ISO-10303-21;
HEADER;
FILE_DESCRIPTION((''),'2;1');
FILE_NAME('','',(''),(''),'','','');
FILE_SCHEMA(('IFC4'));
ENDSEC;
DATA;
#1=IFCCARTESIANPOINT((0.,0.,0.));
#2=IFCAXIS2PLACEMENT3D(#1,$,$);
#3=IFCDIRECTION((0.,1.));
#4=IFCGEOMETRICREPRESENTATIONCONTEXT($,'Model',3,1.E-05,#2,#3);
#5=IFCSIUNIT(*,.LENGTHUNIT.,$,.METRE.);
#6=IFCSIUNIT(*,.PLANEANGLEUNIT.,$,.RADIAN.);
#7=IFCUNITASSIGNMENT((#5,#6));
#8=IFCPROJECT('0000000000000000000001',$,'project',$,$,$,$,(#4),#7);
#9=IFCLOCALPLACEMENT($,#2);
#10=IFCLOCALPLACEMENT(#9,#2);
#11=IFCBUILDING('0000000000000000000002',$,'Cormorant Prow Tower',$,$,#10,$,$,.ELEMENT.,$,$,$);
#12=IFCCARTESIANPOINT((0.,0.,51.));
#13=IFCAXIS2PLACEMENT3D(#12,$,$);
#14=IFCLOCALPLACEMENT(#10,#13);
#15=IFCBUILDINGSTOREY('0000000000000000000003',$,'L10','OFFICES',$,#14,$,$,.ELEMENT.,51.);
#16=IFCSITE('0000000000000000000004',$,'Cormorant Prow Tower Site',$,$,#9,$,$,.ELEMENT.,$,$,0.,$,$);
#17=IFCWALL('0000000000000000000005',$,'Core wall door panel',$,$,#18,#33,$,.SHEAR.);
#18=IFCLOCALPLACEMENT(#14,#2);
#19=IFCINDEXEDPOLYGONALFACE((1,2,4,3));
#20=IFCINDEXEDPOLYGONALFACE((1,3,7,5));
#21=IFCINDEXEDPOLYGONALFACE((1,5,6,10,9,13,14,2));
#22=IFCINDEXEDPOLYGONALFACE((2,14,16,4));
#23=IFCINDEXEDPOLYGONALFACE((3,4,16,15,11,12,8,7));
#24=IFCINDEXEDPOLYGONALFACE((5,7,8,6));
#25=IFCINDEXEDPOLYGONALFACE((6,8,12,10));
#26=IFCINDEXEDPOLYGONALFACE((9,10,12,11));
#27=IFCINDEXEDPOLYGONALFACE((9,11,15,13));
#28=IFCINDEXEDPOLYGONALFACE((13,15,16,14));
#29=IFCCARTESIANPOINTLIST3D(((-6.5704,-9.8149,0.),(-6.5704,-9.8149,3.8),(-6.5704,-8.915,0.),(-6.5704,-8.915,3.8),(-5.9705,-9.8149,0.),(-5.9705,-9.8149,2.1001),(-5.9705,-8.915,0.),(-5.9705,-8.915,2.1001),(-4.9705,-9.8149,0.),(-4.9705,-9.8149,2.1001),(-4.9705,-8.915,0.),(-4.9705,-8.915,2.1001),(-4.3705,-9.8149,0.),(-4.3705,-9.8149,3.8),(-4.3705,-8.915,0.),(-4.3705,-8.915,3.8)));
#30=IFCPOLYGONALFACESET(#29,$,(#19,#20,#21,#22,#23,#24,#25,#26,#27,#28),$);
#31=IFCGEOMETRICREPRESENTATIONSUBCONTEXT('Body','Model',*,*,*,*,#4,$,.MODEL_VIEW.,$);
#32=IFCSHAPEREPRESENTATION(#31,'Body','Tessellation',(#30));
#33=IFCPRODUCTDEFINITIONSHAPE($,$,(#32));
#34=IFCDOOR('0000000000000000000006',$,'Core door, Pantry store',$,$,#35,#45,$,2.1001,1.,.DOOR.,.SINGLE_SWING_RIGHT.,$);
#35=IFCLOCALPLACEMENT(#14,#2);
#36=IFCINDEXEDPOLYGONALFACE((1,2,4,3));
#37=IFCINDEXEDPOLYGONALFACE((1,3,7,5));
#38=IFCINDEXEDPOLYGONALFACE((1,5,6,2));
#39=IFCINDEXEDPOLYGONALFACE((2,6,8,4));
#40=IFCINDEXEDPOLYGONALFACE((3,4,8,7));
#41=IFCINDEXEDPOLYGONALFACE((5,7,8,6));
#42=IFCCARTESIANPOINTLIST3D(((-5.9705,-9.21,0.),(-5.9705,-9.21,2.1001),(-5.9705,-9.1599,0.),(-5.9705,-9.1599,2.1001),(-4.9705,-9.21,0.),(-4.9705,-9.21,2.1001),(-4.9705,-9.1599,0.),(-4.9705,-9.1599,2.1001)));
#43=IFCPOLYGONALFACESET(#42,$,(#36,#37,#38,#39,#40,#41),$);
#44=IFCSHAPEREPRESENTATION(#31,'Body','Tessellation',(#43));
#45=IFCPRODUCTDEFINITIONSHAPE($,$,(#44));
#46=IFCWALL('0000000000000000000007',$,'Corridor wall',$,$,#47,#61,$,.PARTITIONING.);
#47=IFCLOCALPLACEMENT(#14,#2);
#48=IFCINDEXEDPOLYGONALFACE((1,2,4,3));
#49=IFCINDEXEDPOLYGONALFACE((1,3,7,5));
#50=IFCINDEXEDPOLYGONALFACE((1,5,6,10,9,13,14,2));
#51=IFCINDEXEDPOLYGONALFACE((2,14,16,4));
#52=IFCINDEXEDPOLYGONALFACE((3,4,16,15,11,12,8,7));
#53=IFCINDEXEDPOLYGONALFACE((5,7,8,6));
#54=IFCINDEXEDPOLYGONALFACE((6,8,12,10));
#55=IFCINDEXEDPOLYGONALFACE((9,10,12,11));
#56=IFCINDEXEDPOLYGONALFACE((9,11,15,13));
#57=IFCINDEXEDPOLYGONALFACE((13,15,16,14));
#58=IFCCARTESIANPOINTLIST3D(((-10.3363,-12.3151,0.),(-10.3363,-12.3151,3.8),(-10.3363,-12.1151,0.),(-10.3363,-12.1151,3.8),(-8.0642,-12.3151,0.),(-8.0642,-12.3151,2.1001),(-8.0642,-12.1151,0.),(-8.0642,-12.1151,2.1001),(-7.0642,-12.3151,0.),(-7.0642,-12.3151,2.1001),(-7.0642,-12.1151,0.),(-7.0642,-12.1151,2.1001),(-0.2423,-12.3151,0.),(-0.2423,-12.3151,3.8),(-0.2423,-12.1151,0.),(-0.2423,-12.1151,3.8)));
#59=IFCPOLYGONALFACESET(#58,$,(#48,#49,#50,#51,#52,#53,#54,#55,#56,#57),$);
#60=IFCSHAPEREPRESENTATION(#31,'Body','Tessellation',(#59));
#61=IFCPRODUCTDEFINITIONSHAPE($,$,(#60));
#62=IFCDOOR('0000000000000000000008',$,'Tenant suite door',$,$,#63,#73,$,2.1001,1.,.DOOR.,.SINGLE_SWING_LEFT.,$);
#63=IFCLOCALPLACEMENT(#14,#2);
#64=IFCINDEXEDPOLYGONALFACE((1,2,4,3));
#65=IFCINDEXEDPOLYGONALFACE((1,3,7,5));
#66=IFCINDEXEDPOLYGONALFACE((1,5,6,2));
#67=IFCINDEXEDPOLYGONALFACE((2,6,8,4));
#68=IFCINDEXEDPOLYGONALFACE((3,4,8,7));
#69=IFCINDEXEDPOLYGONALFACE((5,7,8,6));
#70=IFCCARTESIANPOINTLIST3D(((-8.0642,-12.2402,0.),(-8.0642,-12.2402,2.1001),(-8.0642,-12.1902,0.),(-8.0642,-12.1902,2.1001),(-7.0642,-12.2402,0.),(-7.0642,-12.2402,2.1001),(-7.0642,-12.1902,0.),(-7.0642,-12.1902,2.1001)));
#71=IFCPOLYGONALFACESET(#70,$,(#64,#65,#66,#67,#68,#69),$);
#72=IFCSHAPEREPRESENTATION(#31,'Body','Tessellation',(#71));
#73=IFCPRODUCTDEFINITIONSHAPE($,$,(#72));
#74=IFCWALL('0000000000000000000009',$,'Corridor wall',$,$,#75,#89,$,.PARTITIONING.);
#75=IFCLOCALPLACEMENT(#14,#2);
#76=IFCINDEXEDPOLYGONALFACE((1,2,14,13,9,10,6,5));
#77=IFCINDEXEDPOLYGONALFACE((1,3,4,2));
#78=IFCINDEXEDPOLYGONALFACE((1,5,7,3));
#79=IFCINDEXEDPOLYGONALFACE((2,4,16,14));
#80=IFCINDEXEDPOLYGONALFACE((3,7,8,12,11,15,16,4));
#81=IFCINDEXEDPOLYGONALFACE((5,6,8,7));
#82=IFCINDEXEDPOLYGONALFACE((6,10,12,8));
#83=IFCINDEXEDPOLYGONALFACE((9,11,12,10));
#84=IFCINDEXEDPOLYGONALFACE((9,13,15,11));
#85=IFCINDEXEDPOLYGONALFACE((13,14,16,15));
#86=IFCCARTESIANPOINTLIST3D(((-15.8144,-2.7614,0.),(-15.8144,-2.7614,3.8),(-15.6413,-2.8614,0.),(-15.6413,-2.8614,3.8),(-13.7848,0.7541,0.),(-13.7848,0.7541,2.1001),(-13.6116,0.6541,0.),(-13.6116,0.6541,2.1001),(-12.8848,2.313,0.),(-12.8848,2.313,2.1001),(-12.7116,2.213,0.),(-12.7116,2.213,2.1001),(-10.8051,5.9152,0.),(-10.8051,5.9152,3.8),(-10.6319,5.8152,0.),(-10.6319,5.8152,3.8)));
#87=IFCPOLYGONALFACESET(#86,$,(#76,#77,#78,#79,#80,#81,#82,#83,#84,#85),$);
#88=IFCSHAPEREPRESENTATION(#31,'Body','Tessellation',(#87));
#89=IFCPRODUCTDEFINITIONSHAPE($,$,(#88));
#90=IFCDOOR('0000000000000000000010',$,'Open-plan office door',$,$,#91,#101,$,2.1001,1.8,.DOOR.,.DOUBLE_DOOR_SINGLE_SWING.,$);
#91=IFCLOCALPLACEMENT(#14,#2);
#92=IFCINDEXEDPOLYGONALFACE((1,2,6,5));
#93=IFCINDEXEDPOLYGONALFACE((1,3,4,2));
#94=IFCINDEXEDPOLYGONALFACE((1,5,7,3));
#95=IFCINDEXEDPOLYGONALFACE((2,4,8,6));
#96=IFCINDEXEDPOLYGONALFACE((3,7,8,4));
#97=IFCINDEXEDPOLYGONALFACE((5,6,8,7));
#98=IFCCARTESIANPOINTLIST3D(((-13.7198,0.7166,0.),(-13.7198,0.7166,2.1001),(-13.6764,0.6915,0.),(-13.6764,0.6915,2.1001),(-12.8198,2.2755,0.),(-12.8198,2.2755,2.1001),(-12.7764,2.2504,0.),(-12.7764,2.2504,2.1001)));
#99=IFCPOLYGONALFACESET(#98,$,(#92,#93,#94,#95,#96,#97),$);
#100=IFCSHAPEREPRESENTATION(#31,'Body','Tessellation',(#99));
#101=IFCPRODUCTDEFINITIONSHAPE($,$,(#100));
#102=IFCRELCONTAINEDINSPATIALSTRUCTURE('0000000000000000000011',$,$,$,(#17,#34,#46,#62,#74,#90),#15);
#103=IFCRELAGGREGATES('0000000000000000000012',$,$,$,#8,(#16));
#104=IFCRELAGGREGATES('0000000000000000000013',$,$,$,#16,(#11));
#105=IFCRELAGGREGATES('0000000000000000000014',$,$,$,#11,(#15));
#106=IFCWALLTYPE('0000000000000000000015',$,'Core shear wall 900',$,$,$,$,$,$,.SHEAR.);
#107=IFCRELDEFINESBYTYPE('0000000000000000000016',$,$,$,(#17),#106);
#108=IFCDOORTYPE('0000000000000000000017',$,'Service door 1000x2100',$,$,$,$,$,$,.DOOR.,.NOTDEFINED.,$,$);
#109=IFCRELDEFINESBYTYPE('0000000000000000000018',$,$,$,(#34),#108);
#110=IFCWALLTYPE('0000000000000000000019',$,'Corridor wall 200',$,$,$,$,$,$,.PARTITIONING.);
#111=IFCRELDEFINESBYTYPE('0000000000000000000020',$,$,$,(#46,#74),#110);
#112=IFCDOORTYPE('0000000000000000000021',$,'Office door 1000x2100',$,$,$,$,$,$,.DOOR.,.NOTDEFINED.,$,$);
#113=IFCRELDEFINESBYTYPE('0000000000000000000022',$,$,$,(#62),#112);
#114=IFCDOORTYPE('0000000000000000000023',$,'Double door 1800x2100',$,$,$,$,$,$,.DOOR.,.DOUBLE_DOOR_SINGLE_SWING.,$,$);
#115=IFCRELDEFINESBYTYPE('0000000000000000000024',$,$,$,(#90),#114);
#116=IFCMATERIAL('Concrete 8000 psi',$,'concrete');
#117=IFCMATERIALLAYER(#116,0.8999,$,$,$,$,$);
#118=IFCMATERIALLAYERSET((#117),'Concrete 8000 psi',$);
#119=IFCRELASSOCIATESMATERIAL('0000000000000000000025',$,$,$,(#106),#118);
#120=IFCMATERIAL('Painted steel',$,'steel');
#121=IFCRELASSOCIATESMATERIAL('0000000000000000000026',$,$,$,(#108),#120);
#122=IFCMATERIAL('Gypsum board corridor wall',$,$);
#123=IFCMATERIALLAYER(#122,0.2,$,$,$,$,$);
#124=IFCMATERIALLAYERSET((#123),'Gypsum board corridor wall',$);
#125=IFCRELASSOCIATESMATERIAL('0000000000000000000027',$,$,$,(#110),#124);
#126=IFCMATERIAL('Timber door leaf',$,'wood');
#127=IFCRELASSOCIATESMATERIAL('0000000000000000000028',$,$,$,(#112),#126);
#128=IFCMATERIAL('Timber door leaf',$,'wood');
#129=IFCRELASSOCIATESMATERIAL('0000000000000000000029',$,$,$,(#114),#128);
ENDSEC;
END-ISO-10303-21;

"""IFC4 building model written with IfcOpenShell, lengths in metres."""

from ifc_helpers import new_model, si_unit, direction, frame, frame_2d, origin, place, context, subcontext, project, spatial, rectangle, extrude, material, layer, layer_set, type_object, element, fill, save


model = new_model("IFC4")

# Units and contexts
model_context = context("Model", 3, precision=1e-05, world=origin(), true_north=direction((0.0, 1.0)))
body_context = subcontext(model_context, "Body", "Model", "MODEL_VIEW")
ifc_project = project(units=[si_unit("LENGTHUNIT", "METRE"), si_unit("PLANEANGLEUNIT", "RADIAN")], contexts=[model_context])

# Site, building, storey
site_placement = place(None, origin())
site = spatial("IfcSite", under=ifc_project, at=site_placement, Name="Cormorant Prow Tower Site", CompositionType="ELEMENT", RefElevation=0.0)
building_placement = place(site_placement, origin())
building = spatial("IfcBuilding", under=site, at=building_placement, Name="Cormorant Prow Tower", CompositionType="ELEMENT")
storey_placement = place(building_placement, frame((0.0, 0.0, 51.0)))
storey = spatial("IfcBuildingStorey", under=building, at=storey_placement, Name="L10", Description="OFFICES", CompositionType="ELEMENT", Elevation=51.0)

# Shared definitions
ifc_material_1 = material(Name="Concrete 8000 psi", Category="concrete")
ifc_layer_1 = layer(ifc_material_1, 0.8999)
ifc_layer_set_1 = layer_set([ifc_layer_1], Name="Concrete 8000 psi")
wall_type_1 = type_object("IfcWallType", Name="Core shear wall 900", PredefinedType="SHEAR", material=ifc_layer_set_1)

# Walls, openings, doors
wall_1_placement = place(storey_placement, frame((-6.5706, -9.365, 0.0), z_axis=(0.0, 0.0, 1.0), x_axis=(1.0, 0.0, 0.0)))
wall_1 = element("IfcWall", 1, at=wall_1_placement, inside=storey, type_object=wall_type_1, Name="Core wall door panel", PredefinedType="SHEAR", context=body_context, shape_type="SweptSolid", body=[
    extrude(rectangle(XDim=2.2, YDim=0.8999, at=frame_2d((1.1001, 0.0))), origin(), (0.0, 0.0, 1.0), 3.8),
])
opening_1_placement = place(wall_1_placement, frame((0.6001, 0.0, 0.0)))
opening_1 = element("IfcOpeningElement", 2, at=opening_1_placement, cuts=wall_1, PredefinedType="OPENING", context=body_context, shape_type="SweptSolid", body=[
    extrude(rectangle(XDim=1.0, YDim=2.1001, at=frame_2d((0.5, 1.05))), frame((0.0, 0.46, 0.0), z_axis=(0.0, -1.0, 0.0), x_axis=(1.0, 0.0, 0.0)), (0.0, 0.0, 1.0), 0.9199),
])
ifc_material_2 = material(Name="Painted steel", Category="steel")
door_type_1 = type_object("IfcDoorType", Name="Service door 1000x2100", OperationType="NOTDEFINED", PredefinedType="DOOR", material=ifc_material_2)
door_1_placement = place(opening_1_placement, origin())
door_1 = element("IfcDoor", 3, at=door_1_placement, inside=storey, type_object=door_type_1, Name="Core door, Pantry store", OperationType="SINGLE_SWING_RIGHT", OverallHeight=2.1001, OverallWidth=1.0, PredefinedType="DOOR", context=body_context, shape_type="SweptSolid", body=[
    extrude(rectangle(XDim=1.0, YDim=2.1001, at=frame_2d((0.5, 1.05))), frame((0.0, 0.2051, 0.0), z_axis=(0.0, -1.0, 0.0), x_axis=(1.0, 0.0, 0.0)), (0.0, 0.0, 1.0), 0.05),
])
fill(opening_1, door_1)
ifc_material_3 = material(Name="Gypsum board corridor wall")
ifc_layer_2 = layer(ifc_material_3, 0.2)
ifc_layer_set_2 = layer_set([ifc_layer_2], Name="Gypsum board corridor wall")
wall_type_2 = type_object("IfcWallType", Name="Corridor wall 200", PredefinedType="PARTITIONING", material=ifc_layer_set_2)
wall_2_placement = place(storey_placement, frame((-10.3362, -12.2151, 0.0), z_axis=(0.0, 0.0, 1.0), x_axis=(1.0, 0.0, 0.0)))
wall_2 = element("IfcWall", 4, at=wall_2_placement, inside=storey, type_object=wall_type_2, Name="Corridor wall", PredefinedType="PARTITIONING", context=body_context, shape_type="SweptSolid", body=[
    extrude(rectangle(XDim=10.094, YDim=0.2, at=frame_2d((5.0469, 0.0))), origin(), (0.0, 0.0, 1.0), 3.8),
])
opening_2_placement = place(wall_2_placement, frame((2.272, 0.0, 0.0)))
opening_2 = element("IfcOpeningElement", 5, at=opening_2_placement, cuts=wall_2, PredefinedType="OPENING", context=body_context, shape_type="SweptSolid", body=[
    extrude(rectangle(XDim=1.0, YDim=2.1001, at=frame_2d((0.5, 1.05))), frame((0.0, 0.1099, 0.0), z_axis=(0.0, -1.0, 0.0), x_axis=(1.0, 0.0, 0.0)), (0.0, 0.0, 1.0), 0.22),
])
ifc_material_4 = material(Name="Timber door leaf", Category="wood")
door_type_2 = type_object("IfcDoorType", Name="Office door 1000x2100", OperationType="NOTDEFINED", PredefinedType="DOOR", material=ifc_material_4)
door_2_placement = place(opening_2_placement, origin())
door_2 = element("IfcDoor", 6, at=door_2_placement, inside=storey, type_object=door_type_2, Name="Tenant suite door", OperationType="SINGLE_SWING_LEFT", OverallHeight=2.1001, OverallWidth=1.0, PredefinedType="DOOR", context=body_context, shape_type="SweptSolid", body=[
    extrude(rectangle(XDim=1.0, YDim=2.1001, at=frame_2d((0.5, 1.05))), frame((0.0, 0.0249, 0.0), z_axis=(0.0, -1.0, 0.0), x_axis=(1.0, 0.0, 0.0)), (0.0, 0.0, 1.0), 0.05),
])
fill(opening_2, door_2)
wall_3_placement = place(storey_placement, frame((-15.7278, -2.8113, 0.0), z_axis=(0.0, 0.0, 1.0), x_axis=(0.499992, 0.86603, 0.0)))
wall_3 = element("IfcWall", 7, at=wall_3_placement, inside=storey, type_object=wall_type_2, Name="Corridor wall", PredefinedType="PARTITIONING", context=body_context, shape_type="SweptSolid", body=[
    extrude(rectangle(XDim=10.0188, YDim=0.2, at=frame_2d((5.0093, 0.0))), origin(), (0.0, 0.0, 1.0), 3.8),
])
opening_3_placement = place(wall_3_placement, frame((4.0593, 0.0, 0.0)))
opening_3 = element("IfcOpeningElement", 8, at=opening_3_placement, cuts=wall_3, PredefinedType="OPENING", context=body_context, shape_type="SweptSolid", body=[
    extrude(rectangle(XDim=1.8, YDim=2.1001, at=frame_2d((0.8999, 1.05))), frame((0.0, 0.1099, 0.0), z_axis=(0.0, -1.0, 0.0), x_axis=(1.0, 0.0, 0.0)), (0.0, 0.0, 1.0), 0.22),
])
ifc_material_5 = material(Name="Timber door leaf", Category="wood")
door_type_3 = type_object("IfcDoorType", Name="Double door 1800x2100", OperationType="DOUBLE_DOOR_SINGLE_SWING", PredefinedType="DOOR", material=ifc_material_5)
door_3_placement = place(opening_3_placement, origin())
door_3 = element("IfcDoor", 9, at=door_3_placement, inside=storey, type_object=door_type_3, Name="Open-plan office door", OperationType="DOUBLE_DOOR_SINGLE_SWING", OverallHeight=2.1001, OverallWidth=1.8, PredefinedType="DOOR", context=body_context, shape_type="SweptSolid", body=[
    extrude(rectangle(XDim=1.8, YDim=2.1001, at=frame_2d((0.8999, 1.05))), frame((0.0, 0.0249, 0.0), z_axis=(0.0, -1.0, 0.0), x_axis=(1.0, 0.0, 0.0)), (0.0, 0.0, 1.0), 0.05),
])
fill(opening_3, door_3)

save(model, "model.ifc")
